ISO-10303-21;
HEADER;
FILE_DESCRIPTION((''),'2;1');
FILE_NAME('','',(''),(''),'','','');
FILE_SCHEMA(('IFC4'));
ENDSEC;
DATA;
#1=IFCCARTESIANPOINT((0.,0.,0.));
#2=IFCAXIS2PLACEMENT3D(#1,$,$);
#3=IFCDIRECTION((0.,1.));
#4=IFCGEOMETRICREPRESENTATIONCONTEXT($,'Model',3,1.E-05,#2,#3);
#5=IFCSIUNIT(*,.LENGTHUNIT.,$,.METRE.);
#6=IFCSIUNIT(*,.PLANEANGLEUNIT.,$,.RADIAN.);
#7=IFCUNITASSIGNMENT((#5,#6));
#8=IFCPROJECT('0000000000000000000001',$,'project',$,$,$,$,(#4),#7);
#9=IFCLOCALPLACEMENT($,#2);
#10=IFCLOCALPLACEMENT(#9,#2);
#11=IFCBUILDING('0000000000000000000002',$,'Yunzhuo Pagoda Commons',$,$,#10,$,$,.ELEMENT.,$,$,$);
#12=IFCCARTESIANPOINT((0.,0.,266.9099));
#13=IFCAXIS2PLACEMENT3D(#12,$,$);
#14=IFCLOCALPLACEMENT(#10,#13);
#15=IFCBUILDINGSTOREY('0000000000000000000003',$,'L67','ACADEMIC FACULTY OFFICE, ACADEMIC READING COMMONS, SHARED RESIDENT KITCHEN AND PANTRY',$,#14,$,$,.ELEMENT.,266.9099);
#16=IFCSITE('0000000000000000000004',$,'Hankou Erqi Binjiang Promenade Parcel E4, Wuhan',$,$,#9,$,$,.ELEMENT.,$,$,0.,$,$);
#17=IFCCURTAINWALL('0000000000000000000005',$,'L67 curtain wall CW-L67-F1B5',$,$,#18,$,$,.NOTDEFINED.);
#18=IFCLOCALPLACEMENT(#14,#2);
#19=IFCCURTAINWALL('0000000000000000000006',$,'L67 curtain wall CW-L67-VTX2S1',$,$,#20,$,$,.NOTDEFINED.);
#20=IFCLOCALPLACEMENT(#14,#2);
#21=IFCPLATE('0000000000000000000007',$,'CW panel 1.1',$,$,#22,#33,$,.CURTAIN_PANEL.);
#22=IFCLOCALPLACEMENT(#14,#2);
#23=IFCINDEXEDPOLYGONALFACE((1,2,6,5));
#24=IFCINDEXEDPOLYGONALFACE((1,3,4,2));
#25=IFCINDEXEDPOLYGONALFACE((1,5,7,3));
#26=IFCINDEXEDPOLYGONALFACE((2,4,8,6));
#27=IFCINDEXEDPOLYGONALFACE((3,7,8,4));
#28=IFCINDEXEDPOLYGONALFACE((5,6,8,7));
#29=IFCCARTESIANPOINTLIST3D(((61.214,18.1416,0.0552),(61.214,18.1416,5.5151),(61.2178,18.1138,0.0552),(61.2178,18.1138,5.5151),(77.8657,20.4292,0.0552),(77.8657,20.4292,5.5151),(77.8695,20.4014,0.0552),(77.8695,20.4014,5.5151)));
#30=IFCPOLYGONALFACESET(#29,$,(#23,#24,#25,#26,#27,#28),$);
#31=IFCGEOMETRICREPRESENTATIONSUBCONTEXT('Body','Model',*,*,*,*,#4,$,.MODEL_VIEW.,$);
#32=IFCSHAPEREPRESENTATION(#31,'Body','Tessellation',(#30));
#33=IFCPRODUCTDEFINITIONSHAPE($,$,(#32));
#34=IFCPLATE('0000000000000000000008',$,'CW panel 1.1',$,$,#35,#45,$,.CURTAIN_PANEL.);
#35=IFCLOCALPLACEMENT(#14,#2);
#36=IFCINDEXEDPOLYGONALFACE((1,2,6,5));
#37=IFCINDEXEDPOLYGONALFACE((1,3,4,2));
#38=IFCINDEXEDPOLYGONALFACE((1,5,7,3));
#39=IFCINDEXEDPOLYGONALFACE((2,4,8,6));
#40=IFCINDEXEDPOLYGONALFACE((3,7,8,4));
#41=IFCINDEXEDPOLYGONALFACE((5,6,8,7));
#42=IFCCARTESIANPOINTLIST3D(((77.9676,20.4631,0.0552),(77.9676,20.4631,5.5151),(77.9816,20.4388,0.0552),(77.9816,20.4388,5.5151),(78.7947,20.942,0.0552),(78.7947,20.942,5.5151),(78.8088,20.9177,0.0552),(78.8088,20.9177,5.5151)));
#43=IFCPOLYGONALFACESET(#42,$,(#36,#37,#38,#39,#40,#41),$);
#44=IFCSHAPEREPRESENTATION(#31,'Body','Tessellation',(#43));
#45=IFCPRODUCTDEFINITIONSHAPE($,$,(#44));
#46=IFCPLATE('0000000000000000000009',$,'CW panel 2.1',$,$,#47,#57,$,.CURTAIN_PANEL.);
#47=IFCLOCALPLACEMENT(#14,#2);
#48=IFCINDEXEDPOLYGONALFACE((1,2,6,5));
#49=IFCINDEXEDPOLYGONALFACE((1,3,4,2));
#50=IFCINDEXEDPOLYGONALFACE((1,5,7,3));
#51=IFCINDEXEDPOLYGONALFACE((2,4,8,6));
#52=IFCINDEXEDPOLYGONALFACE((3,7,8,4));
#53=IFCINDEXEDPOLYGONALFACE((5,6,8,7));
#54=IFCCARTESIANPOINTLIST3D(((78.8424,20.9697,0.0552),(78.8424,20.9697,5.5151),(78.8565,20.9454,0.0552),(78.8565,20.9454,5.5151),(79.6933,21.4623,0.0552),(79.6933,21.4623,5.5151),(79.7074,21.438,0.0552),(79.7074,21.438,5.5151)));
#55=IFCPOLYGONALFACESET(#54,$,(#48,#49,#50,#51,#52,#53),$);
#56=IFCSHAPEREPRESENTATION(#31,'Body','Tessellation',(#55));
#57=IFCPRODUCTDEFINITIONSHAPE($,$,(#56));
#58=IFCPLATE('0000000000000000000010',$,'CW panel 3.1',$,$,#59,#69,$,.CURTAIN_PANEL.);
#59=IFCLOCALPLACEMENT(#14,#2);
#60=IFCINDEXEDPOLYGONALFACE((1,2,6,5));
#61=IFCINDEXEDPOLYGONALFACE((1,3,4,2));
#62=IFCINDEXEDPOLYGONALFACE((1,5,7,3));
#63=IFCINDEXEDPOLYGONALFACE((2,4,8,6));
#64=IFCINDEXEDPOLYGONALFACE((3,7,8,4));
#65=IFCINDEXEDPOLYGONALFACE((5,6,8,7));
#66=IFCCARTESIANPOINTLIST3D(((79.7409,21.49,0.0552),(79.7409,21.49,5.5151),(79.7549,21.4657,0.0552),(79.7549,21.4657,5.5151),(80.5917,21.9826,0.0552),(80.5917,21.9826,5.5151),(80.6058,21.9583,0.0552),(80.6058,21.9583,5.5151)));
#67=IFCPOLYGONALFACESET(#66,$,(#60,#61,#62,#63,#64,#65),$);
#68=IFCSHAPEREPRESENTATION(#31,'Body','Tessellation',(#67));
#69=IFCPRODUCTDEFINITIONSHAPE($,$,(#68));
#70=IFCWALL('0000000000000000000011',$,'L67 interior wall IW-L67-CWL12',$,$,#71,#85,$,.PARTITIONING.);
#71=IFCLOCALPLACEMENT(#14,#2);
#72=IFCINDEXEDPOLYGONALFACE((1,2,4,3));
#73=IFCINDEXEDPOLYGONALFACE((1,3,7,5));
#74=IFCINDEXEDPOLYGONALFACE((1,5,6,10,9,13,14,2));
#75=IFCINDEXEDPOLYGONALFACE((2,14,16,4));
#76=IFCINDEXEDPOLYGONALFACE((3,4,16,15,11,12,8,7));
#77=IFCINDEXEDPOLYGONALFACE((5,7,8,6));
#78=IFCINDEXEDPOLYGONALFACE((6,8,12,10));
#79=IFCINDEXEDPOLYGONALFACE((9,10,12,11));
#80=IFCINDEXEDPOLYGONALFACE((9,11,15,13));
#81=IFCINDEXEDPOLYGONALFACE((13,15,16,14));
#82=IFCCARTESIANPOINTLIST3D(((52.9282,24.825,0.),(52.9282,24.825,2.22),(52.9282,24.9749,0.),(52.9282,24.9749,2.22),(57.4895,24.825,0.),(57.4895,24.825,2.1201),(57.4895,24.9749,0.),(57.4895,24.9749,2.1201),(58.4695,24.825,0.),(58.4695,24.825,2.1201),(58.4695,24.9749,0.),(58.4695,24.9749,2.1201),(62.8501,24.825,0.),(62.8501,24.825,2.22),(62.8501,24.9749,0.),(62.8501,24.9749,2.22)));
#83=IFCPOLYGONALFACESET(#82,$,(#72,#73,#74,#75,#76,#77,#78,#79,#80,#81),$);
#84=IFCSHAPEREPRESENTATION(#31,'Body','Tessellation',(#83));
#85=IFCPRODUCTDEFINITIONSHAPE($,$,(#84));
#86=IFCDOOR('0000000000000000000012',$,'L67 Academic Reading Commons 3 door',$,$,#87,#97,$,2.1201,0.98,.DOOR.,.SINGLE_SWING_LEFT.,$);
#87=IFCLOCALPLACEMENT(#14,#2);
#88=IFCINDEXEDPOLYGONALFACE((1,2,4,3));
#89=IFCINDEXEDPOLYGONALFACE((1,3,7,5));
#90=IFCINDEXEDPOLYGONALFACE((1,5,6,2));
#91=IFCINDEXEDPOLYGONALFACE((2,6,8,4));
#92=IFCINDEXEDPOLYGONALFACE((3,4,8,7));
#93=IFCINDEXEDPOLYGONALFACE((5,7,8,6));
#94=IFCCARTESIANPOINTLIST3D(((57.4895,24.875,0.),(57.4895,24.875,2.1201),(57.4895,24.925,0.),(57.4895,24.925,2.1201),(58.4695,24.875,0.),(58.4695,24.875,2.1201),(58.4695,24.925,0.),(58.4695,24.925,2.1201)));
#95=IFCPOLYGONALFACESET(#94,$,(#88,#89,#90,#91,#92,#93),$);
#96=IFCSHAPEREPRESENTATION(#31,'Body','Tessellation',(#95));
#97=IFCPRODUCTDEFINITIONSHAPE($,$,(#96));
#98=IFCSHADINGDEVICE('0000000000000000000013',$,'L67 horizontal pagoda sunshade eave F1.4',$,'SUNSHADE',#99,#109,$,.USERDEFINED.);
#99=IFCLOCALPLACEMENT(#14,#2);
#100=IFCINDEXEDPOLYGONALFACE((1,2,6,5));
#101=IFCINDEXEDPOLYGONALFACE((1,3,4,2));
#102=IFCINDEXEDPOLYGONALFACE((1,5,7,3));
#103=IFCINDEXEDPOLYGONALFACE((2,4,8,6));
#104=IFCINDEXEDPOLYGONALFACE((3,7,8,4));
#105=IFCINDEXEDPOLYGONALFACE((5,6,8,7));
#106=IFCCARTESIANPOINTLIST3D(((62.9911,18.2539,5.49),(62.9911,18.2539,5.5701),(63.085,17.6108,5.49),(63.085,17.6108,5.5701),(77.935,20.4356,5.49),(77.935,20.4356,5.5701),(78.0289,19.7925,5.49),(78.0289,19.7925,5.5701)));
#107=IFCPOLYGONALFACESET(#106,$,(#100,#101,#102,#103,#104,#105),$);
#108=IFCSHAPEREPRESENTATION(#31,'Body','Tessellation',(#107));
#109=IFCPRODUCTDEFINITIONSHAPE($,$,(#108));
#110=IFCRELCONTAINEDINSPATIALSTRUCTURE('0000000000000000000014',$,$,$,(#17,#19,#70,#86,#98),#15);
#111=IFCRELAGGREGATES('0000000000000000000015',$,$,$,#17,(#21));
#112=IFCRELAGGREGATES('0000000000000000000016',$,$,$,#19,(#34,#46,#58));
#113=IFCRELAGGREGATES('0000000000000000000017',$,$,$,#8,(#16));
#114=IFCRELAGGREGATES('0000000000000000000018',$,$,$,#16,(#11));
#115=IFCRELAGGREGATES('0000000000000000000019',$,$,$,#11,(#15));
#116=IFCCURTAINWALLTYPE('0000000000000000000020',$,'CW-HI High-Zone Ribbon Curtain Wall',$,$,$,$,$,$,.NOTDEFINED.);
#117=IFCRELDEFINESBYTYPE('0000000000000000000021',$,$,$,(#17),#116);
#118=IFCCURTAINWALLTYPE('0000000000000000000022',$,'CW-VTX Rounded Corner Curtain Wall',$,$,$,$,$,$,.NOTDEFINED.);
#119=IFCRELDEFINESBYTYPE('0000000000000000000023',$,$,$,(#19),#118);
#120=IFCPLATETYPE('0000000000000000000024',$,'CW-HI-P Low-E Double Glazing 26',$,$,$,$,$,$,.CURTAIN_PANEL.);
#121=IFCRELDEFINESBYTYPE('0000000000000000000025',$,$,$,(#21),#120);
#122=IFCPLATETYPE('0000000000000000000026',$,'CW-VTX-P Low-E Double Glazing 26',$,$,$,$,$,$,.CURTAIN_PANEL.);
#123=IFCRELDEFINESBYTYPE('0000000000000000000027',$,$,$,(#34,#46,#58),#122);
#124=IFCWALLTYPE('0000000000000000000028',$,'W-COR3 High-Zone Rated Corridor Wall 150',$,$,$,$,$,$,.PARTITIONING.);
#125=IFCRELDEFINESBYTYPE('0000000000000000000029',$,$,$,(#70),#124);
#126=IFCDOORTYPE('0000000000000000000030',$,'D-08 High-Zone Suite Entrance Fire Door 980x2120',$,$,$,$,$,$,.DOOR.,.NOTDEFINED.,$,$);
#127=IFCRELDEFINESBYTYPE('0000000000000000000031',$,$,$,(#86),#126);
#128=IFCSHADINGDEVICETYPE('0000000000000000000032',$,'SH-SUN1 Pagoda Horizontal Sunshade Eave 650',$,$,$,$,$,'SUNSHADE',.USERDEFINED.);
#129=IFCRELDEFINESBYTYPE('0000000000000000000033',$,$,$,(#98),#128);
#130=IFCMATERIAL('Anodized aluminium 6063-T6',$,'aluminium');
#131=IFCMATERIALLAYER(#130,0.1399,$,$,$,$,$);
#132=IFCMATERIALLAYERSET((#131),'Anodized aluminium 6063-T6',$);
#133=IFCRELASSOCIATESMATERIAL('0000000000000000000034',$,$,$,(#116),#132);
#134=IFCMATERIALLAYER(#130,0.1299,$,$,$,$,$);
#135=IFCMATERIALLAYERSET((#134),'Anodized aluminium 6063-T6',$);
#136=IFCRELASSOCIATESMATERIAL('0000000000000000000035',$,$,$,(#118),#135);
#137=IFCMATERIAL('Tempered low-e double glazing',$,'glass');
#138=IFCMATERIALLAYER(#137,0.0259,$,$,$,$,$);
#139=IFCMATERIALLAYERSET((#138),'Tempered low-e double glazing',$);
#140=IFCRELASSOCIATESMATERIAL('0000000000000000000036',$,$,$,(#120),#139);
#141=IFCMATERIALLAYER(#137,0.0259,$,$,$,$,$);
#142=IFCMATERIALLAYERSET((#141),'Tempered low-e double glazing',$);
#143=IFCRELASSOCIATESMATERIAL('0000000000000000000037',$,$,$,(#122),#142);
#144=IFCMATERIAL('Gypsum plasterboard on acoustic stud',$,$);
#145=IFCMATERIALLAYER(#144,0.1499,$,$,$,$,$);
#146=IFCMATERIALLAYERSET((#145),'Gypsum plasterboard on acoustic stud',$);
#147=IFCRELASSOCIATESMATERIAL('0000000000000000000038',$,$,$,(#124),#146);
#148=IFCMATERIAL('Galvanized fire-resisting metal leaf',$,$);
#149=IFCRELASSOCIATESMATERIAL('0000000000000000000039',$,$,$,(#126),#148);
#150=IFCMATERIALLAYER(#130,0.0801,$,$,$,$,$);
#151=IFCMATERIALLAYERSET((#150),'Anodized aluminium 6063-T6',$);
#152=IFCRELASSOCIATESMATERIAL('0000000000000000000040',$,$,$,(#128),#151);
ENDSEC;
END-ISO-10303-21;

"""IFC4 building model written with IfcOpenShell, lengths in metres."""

from ifc_helpers import new_model, si_unit, direction, frame, frame_2d, origin, origin_with_axes, origin_2d, place, context, subcontext, project, spatial, rectangle, extrude, source, transform, mapped, material, layer, layer_set, type_object, element, fill, aggregate, save


model = new_model("IFC4")

# Units and contexts
model_context = context("Model", 3, precision=1e-05, world=origin(), true_north=direction((0.0, 1.0)))
body_context = subcontext(model_context, "Body", "Model", "MODEL_VIEW")
ifc_project = project(units=[si_unit("LENGTHUNIT", "METRE"), si_unit("PLANEANGLEUNIT", "RADIAN")], contexts=[model_context])

# Site, building, storey
site_placement = place(None, origin())
site = spatial("IfcSite", under=ifc_project, at=site_placement, Name="Hankou Erqi Binjiang Promenade Parcel E4, Wuhan", CompositionType="ELEMENT", RefElevation=0.0)
building_placement = place(site_placement, origin())
building = spatial("IfcBuilding", under=site, at=building_placement, Name="Yunzhuo Pagoda Commons", CompositionType="ELEMENT")
storey_placement = place(building_placement, frame((0.0, 0.0, 266.9099)))
storey = spatial("IfcBuildingStorey", under=building, at=storey_placement, Name="L67", Description="ACADEMIC FACULTY OFFICE, ACADEMIC READING COMMONS, SHARED RESIDENT KITCHEN AND PANTRY", CompositionType="ELEMENT", Elevation=266.9099)

# Curtain walls
ifc_material_1 = material(Name="Anodized aluminium 6063-T6", Category="aluminium")
ifc_layer_1 = layer(ifc_material_1, 0.1399)
ifc_layer_set_1 = layer_set([ifc_layer_1], Name="Anodized aluminium 6063-T6")
curtain_wall_type_1 = type_object("IfcCurtainWallType", Name="CW-HI High-Zone Ribbon Curtain Wall", PredefinedType="NOTDEFINED", material=ifc_layer_set_1)
curtain_wall_1_placement = place(storey_placement, origin())
curtain_wall_1 = element("IfcCurtainWall", 1, at=curtain_wall_1_placement, inside=storey, type_object=curtain_wall_type_1, Name="L67 curtain wall CW-L67-F1B5", PredefinedType="NOTDEFINED")
ifc_layer_2 = layer(ifc_material_1, 0.1299)
ifc_layer_set_2 = layer_set([ifc_layer_2], Name="Anodized aluminium 6063-T6")
curtain_wall_type_2 = type_object("IfcCurtainWallType", Name="CW-VTX Rounded Corner Curtain Wall", PredefinedType="NOTDEFINED", material=ifc_layer_set_2)
curtain_wall_2_placement = place(storey_placement, origin())
curtain_wall_2 = element("IfcCurtainWall", 2, at=curtain_wall_2_placement, inside=storey, type_object=curtain_wall_type_2, Name="L67 curtain wall CW-L67-VTX2S1", PredefinedType="NOTDEFINED")

# Plates
ifc_material_2 = material(Name="Tempered low-e double glazing", Category="glass")
ifc_layer_3 = layer(ifc_material_2, 0.0259)
ifc_layer_set_3 = layer_set([ifc_layer_3], Name="Tempered low-e double glazing")
plate_type_1 = type_object("IfcPlateType", Name="CW-HI-P Low-E Double Glazing 26", PredefinedType="CURTAIN_PANEL", material=ifc_layer_set_3)
shared_shape_1 = source(origin(), body_context, "Body", "SweptSolid", [
    extrude(rectangle(XDim=16.8081, YDim=0.0281, at=origin_2d()), origin(), (0.0, 0.0, 1.0), 5.46),
])
plate_1_placement = place(storey_placement, frame((69.5417, 19.2715, 0.0552), z_axis=(0.0, 0.0, 1.0), x_axis=(0.990695, 0.136099, 0.0)))
plate_1 = element("IfcPlate", 3, at=plate_1_placement, type_object=plate_type_1, Name="CW panel 1.1", PredefinedType="CURTAIN_PANEL", context=body_context, shape_type="MappedRepresentation", body=[
    mapped(shared_shape_1, transform((0.0, 0.0, 0.0), scale=1.0)),
])
aggregate(curtain_wall_1, [plate_1])
ifc_layer_4 = layer(ifc_material_2, 0.0259)
ifc_layer_set_4 = layer_set([ifc_layer_4], Name="Tempered low-e double glazing")
plate_type_2 = type_object("IfcPlateType", Name="CW-VTX-P Low-E Double Glazing 26", PredefinedType="CURTAIN_PANEL", material=ifc_layer_set_4)
shared_shape_2 = source(origin(), body_context, "Body", "SweptSolid", [
    extrude(rectangle(XDim=0.9558, YDim=0.0281, at=origin_2d()), origin(), (0.0, 0.0, 1.0), 5.46),
])
plate_2_placement = place(storey_placement, frame((78.3882, 20.6904, 0.0552), z_axis=(0.0, 0.0, 1.0), x_axis=(0.865432, 0.501027, 0.0)))
plate_2 = element("IfcPlate", 4, at=plate_2_placement, type_object=plate_type_2, Name="CW panel 1.1", PredefinedType="CURTAIN_PANEL", context=body_context, shape_type="MappedRepresentation", body=[
    mapped(shared_shape_2, transform((0.0, 0.0, 0.0), scale=1.0)),
])
shared_shape_3 = source(origin(), body_context, "Body", "SweptSolid", [
    extrude(rectangle(XDim=0.9832, YDim=0.0281, at=origin_2d()), origin(), (0.0, 0.0, 1.0), 5.46),
])
plate_3_placement = place(storey_placement, frame((79.2749, 21.2039, 0.0552), z_axis=(0.0, 0.0, 1.0), x_axis=(0.865432, 0.501027, 0.0)))
plate_3 = element("IfcPlate", 5, at=plate_3_placement, type_object=plate_type_2, Name="CW panel 2.1", PredefinedType="CURTAIN_PANEL", context=body_context, shape_type="MappedRepresentation", body=[
    mapped(shared_shape_3, transform((0.0, 0.0, 0.0), scale=1.0)),
])
plate_4_placement = place(storey_placement, frame((80.1733, 21.7241, 0.0552), z_axis=(0.0, 0.0, 1.0), x_axis=(0.865432, 0.501027, 0.0)))
plate_4 = element("IfcPlate", 6, at=plate_4_placement, type_object=plate_type_2, Name="CW panel 3.1", PredefinedType="CURTAIN_PANEL", context=body_context, shape_type="MappedRepresentation", body=[
    mapped(shared_shape_3, transform((0.0, 0.0, 0.0), scale=1.0)),
])
aggregate(curtain_wall_2, [plate_2, plate_3, plate_4])

# Wall, opening, door
ifc_material_3 = material(Name="Gypsum plasterboard on acoustic stud")
ifc_layer_5 = layer(ifc_material_3, 0.1499)
ifc_layer_set_5 = layer_set([ifc_layer_5], Name="Gypsum plasterboard on acoustic stud")
wall_type = type_object("IfcWallType", Name="W-COR3 High-Zone Rated Corridor Wall 150", PredefinedType="PARTITIONING", material=ifc_layer_set_5)
wall_placement = place(storey_placement, frame((62.8501, 24.8999, 0.0), z_axis=(0.0, 0.0, 1.0), x_axis=(-1.0, 0.0, 0.0)))
wall = element("IfcWall", 7, at=wall_placement, inside=storey, type_object=wall_type, Name="L67 interior wall IW-L67-CWL12", PredefinedType="PARTITIONING", context=body_context, shape_type="SweptSolid", body=[
    extrude(rectangle(XDim=9.9219, YDim=0.1499, at=frame_2d((4.9609, 0.0))), origin(), (0.0, 0.0, 1.0), 2.22),
])
opening_placement = place(wall_placement, frame((4.3806, 0.0, 0.0)))
opening = element("IfcOpeningElement", 8, at=opening_placement, cuts=wall, PredefinedType="OPENING", context=body_context, shape_type="SweptSolid", body=[
    extrude(rectangle(XDim=0.98, YDim=2.1201, at=frame_2d((0.49, 1.0601))), frame((0.0, 0.085, 0.0), z_axis=(0.0, -1.0, 0.0), x_axis=(1.0, 0.0, 0.0)), (0.0, 0.0, 1.0), 0.1699),
])
ifc_material_4 = material(Name="Galvanized fire-resisting metal leaf")
door_type = type_object("IfcDoorType", Name="D-08 High-Zone Suite Entrance Fire Door 980x2120", OperationType="NOTDEFINED", PredefinedType="DOOR", material=ifc_material_4)
shared_shape_4 = source(origin(), body_context, "Body", "SweptSolid", [
    extrude(rectangle(XDim=0.98, YDim=2.1201, at=frame_2d((0.49, 1.0601))), frame((0.0, 0.0249, 0.0), z_axis=(0.0, -1.0, 0.0), x_axis=(1.0, 0.0, 0.0)), (0.0, 0.0, 1.0), 0.05),
])
door_placement = place(opening_placement, origin_with_axes())
door = element("IfcDoor", 9, at=door_placement, inside=storey, type_object=door_type, Name="L67 Academic Reading Commons 3 door", OperationType="SINGLE_SWING_LEFT", OverallHeight=2.1201, OverallWidth=0.98, PredefinedType="DOOR", context=body_context, shape_type="MappedRepresentation", body=[
    mapped(shared_shape_4, transform((0.0, 0.0, 0.0), scale=1.0)),
])
fill(opening, door)

# Shading device
ifc_layer_6 = layer(ifc_material_1, 0.0801)
ifc_layer_set_6 = layer_set([ifc_layer_6], Name="Anodized aluminium 6063-T6")
shading_device_type = type_object("IfcShadingDeviceType", Name="SH-SUN1 Pagoda Horizontal Sunshade Eave 650", ElementType="SUNSHADE", PredefinedType="USERDEFINED", material=ifc_layer_set_6)
shared_shape_5 = source(origin(), body_context, "Body", "SweptSolid", [
    extrude(rectangle(XDim=15.1023, YDim=0.6499, at=origin_2d()), origin(), (0.0, 0.0, 1.0), 0.0801),
])
shading_device_placement = place(storey_placement, frame((70.51, 19.0232, 5.49), z_axis=(0.0, 0.0, 1.0), x_axis=(0.989511, 0.14446, 0.0)))
element("IfcShadingDevice", 10, at=shading_device_placement, inside=storey, type_object=shading_device_type, Name="L67 horizontal pagoda sunshade eave F1.4", ObjectType="SUNSHADE", PredefinedType="USERDEFINED", context=body_context, shape_type="MappedRepresentation", body=[
    mapped(shared_shape_5, transform((0.0, 0.0, 0.0), scale=1.0)),
])

save(model, "model.ifc")
